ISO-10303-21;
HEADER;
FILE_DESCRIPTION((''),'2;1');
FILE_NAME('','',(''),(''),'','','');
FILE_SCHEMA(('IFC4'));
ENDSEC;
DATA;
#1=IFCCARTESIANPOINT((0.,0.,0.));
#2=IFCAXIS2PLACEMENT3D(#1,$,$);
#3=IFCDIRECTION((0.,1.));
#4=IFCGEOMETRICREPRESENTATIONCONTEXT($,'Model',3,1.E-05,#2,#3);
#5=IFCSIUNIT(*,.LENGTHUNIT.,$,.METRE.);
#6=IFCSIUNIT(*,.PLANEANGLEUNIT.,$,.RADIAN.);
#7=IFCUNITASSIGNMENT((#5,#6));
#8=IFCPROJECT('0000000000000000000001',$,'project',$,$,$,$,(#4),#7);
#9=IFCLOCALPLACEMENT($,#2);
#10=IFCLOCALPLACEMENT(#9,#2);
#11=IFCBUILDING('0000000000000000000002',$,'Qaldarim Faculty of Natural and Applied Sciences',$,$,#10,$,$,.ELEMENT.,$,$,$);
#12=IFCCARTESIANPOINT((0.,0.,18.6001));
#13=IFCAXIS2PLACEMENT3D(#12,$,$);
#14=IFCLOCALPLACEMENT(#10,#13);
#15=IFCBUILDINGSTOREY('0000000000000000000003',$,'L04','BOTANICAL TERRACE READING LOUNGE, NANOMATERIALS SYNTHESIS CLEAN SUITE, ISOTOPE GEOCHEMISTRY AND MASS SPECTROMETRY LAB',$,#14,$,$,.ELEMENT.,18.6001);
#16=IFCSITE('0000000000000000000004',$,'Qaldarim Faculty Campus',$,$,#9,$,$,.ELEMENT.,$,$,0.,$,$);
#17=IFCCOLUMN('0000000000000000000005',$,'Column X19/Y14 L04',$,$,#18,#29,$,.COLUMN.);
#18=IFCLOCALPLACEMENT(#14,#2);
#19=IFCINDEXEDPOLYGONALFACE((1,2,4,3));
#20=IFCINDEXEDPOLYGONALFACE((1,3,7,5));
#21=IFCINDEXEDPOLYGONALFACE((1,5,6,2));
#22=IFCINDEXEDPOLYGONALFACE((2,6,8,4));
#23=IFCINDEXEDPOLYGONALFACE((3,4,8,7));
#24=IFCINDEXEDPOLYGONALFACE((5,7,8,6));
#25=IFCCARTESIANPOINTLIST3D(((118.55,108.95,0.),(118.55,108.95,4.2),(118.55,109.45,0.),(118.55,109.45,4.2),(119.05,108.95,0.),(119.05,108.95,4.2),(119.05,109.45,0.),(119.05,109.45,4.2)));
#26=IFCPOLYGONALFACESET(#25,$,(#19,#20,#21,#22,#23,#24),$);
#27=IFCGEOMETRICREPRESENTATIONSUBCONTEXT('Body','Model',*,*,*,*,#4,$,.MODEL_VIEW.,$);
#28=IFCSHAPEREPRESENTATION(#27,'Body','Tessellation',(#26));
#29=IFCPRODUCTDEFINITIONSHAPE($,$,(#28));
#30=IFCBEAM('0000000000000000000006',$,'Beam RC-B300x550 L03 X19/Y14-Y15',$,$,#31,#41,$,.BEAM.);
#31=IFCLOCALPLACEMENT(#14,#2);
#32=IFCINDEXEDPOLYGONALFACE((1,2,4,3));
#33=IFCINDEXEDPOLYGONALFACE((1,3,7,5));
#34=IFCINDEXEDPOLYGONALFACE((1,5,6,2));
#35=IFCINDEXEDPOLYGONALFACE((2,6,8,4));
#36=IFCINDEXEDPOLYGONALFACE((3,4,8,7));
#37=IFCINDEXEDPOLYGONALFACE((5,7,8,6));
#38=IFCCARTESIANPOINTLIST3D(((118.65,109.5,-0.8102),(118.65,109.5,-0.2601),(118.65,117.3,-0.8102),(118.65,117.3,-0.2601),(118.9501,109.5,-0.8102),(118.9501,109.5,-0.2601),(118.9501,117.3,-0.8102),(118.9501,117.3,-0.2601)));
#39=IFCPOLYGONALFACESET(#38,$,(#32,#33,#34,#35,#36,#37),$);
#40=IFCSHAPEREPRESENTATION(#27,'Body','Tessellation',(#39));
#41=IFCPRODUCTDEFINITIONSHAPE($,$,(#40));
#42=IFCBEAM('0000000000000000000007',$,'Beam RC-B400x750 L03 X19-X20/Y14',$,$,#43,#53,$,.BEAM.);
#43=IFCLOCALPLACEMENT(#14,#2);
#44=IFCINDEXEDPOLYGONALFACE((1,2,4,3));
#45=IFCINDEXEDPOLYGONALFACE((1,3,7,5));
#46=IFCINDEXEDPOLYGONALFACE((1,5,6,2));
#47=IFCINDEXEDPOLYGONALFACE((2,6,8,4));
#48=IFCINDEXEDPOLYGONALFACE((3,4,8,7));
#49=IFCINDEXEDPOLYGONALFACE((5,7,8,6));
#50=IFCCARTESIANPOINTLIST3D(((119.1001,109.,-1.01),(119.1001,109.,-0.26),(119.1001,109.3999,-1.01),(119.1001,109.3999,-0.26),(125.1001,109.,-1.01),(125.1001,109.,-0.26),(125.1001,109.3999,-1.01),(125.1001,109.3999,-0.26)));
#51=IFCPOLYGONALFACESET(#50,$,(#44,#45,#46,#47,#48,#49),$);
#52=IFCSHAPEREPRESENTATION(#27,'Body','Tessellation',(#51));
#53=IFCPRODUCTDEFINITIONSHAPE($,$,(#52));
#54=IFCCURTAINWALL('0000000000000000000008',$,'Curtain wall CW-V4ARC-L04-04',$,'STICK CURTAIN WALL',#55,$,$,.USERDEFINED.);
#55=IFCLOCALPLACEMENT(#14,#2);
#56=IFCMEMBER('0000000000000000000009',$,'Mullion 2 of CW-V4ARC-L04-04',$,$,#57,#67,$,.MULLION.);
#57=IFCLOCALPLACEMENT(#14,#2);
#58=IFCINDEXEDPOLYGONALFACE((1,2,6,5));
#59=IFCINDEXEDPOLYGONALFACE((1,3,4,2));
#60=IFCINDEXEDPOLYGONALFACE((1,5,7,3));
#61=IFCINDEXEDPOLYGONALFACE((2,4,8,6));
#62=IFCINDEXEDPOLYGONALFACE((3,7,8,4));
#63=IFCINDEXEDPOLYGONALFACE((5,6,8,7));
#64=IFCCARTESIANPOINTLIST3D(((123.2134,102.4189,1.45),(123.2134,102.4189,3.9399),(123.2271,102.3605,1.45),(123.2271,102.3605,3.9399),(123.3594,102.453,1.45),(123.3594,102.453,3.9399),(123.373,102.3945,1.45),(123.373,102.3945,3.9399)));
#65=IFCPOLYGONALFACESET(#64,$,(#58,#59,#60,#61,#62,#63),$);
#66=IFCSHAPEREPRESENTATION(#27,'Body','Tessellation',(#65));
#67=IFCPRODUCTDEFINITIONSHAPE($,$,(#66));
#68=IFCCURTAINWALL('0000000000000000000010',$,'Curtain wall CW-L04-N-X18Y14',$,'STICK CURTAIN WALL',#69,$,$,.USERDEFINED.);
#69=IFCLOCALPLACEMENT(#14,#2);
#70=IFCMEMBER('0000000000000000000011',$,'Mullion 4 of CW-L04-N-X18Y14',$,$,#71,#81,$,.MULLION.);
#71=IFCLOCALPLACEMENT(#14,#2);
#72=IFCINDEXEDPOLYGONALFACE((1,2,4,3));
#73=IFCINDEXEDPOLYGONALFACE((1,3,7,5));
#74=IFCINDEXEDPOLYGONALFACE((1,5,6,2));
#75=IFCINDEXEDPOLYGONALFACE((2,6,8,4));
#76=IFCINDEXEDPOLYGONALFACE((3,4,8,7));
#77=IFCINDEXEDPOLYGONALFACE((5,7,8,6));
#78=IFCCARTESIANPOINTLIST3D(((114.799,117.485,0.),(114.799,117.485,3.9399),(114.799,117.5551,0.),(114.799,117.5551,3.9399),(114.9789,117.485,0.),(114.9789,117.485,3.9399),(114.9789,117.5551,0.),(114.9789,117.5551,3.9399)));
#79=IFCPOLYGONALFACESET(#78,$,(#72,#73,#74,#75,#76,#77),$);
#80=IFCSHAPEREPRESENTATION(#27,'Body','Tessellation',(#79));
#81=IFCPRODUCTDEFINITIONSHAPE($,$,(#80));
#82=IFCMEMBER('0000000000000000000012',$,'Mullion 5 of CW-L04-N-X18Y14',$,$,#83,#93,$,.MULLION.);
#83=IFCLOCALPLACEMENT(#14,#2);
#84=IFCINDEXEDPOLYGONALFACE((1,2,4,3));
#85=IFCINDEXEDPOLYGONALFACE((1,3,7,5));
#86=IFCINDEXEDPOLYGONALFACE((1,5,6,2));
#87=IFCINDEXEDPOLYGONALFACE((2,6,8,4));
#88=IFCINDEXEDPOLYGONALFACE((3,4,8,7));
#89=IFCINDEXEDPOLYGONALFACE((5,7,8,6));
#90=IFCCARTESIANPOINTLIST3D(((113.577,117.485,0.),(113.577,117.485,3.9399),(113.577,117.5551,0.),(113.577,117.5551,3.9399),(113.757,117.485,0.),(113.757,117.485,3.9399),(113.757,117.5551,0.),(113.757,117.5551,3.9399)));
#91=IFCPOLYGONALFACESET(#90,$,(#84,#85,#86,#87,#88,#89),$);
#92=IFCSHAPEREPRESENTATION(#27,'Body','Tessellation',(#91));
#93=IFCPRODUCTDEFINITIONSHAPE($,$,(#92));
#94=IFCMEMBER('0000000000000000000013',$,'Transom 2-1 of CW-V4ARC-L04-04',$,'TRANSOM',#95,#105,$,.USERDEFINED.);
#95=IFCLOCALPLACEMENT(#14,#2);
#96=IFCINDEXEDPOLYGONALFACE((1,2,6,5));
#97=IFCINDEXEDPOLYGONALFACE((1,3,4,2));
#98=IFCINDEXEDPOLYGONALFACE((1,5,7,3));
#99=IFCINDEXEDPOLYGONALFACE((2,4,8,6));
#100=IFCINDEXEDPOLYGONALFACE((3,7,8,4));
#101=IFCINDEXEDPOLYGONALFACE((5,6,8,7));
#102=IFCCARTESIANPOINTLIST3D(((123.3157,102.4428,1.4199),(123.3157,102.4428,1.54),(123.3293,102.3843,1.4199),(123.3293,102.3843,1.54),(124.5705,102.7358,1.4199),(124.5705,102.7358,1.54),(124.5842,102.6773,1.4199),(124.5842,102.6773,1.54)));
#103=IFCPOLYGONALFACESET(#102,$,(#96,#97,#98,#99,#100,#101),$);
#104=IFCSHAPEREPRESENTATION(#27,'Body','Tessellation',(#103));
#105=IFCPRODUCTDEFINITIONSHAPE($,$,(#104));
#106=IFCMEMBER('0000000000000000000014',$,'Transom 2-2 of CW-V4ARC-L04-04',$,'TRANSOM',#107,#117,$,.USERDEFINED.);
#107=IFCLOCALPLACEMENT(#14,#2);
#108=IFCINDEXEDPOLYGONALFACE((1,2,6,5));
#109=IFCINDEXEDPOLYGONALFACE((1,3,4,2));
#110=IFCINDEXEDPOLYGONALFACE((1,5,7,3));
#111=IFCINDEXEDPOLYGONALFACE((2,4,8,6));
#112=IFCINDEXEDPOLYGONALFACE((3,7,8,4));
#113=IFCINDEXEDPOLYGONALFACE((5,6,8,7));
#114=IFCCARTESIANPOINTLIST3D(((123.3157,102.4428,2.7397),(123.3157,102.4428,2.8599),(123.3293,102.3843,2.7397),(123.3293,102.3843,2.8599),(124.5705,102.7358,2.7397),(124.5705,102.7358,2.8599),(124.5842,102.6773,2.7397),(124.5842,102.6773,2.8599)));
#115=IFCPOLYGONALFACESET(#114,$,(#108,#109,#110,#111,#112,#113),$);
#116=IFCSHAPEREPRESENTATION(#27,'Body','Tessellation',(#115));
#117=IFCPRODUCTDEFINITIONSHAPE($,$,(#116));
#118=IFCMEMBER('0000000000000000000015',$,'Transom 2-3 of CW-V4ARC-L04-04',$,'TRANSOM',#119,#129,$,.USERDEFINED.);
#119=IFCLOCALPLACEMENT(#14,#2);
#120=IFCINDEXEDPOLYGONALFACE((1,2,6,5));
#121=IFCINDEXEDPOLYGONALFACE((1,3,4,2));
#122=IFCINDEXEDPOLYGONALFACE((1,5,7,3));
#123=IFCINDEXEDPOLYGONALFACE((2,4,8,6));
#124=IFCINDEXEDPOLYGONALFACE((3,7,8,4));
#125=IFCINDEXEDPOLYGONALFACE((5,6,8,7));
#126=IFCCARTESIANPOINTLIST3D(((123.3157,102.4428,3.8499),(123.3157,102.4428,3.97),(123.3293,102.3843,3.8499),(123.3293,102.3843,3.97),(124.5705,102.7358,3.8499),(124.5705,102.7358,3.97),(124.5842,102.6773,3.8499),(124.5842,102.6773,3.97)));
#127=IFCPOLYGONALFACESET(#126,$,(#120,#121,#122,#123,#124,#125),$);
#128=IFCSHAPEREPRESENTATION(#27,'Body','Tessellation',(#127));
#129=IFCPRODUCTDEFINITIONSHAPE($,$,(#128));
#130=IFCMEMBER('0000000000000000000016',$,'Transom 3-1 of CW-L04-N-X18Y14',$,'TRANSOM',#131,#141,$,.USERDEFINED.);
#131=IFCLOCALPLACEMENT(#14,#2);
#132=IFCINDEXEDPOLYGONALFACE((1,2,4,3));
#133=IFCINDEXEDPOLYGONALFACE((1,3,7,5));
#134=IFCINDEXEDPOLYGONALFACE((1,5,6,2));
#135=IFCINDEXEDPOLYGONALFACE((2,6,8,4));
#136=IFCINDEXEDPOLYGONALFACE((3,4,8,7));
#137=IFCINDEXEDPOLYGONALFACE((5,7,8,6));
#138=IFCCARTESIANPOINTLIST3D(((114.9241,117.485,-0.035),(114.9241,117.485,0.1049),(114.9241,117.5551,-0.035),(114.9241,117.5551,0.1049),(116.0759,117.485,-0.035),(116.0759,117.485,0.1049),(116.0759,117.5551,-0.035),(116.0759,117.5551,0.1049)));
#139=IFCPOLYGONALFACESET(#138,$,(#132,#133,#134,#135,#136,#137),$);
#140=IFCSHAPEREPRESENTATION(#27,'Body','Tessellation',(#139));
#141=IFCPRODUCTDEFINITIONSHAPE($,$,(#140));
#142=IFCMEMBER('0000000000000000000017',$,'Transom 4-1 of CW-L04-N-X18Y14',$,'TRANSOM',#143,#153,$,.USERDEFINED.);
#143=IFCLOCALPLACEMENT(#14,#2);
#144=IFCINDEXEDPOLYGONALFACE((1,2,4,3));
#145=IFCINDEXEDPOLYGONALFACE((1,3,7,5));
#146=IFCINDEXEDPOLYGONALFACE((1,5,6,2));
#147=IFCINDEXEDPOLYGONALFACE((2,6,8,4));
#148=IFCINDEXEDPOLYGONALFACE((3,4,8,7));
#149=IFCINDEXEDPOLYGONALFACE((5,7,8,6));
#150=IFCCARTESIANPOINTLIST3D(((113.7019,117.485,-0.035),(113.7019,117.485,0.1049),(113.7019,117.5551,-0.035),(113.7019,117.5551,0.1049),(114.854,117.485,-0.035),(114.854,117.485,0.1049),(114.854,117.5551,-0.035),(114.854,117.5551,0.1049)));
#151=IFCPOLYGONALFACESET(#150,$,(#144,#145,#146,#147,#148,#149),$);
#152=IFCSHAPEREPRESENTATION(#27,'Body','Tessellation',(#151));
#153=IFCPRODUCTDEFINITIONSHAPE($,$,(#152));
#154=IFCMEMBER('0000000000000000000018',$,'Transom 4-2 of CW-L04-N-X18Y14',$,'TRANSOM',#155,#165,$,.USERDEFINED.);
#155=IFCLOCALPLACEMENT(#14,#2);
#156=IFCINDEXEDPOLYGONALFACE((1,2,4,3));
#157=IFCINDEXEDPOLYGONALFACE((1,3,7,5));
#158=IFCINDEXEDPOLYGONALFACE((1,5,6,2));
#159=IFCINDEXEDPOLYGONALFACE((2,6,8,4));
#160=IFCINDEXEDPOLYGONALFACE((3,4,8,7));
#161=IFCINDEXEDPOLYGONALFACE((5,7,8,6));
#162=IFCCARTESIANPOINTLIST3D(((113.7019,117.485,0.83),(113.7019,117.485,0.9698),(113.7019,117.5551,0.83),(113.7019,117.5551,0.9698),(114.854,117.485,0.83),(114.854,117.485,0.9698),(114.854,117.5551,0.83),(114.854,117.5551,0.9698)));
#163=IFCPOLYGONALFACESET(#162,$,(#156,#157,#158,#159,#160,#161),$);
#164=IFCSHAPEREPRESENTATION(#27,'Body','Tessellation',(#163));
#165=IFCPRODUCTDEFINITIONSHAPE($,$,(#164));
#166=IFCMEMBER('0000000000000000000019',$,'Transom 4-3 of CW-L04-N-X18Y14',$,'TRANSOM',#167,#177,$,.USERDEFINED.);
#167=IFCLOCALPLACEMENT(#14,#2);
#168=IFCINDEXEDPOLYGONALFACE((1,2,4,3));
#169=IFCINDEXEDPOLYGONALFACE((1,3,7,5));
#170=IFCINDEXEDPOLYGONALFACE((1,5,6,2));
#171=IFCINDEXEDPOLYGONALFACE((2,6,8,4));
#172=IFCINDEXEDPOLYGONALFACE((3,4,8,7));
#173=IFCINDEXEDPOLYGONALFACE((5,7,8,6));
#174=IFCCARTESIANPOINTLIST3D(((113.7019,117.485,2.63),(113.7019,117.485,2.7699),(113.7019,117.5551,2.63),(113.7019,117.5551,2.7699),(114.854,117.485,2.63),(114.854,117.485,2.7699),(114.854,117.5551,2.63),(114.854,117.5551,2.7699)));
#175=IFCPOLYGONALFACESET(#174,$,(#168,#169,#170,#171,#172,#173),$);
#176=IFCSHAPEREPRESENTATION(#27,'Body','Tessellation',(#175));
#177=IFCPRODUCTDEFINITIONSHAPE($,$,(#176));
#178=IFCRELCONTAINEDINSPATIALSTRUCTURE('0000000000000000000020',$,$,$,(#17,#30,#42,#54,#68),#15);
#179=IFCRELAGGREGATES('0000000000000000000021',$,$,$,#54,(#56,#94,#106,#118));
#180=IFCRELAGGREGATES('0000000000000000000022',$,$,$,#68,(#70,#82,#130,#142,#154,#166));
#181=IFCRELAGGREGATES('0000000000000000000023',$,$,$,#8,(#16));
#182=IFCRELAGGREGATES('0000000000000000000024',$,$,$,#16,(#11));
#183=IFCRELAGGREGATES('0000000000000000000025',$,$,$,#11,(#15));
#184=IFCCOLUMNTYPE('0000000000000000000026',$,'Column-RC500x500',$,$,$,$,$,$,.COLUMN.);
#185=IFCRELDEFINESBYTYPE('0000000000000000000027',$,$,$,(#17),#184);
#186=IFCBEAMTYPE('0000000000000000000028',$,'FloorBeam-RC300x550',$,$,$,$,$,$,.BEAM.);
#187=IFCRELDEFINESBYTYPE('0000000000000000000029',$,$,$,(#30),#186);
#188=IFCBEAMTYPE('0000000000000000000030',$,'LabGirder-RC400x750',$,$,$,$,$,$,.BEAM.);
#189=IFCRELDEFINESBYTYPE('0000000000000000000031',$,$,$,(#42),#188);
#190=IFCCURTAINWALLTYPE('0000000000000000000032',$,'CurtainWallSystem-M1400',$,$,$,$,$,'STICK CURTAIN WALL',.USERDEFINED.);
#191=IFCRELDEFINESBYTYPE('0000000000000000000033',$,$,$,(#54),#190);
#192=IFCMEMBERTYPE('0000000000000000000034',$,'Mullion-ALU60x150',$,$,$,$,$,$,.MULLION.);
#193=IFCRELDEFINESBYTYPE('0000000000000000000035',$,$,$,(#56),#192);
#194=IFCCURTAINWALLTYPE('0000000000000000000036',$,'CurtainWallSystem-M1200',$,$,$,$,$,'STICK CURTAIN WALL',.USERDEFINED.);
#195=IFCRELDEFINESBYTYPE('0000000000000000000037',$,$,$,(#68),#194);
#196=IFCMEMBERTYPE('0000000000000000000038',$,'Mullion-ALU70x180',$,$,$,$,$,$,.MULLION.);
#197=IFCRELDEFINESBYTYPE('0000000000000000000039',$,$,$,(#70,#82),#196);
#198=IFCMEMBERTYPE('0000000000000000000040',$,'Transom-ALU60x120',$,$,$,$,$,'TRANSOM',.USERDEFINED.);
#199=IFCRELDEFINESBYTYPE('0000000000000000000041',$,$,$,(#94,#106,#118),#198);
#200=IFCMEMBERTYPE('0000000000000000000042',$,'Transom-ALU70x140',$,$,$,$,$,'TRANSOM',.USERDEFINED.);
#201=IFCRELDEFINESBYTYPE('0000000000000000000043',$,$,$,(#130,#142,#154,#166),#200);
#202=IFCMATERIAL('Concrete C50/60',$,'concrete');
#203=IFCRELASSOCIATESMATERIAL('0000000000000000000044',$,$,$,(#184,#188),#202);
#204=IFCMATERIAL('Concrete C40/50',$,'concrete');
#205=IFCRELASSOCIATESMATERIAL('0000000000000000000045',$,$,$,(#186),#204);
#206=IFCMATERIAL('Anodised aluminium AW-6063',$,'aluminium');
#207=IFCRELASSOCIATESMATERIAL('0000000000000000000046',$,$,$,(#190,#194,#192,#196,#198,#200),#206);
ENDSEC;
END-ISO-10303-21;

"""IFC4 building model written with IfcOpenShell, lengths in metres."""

from ifc_helpers import new_model, si_unit, direction, frame, origin, origin_2d, place, context, subcontext, project, spatial, rectangle, extrude, material, material_profile, profile_set, type_object, element, aggregate, save


model = new_model("IFC4")

# Units and contexts
model_context = context("Model", 3, precision=1e-05, world=origin(), true_north=direction((0.0, 1.0)))
body_context = subcontext(model_context, "Body", "Model", "MODEL_VIEW")
ifc_project = project(units=[si_unit("LENGTHUNIT", "METRE"), si_unit("PLANEANGLEUNIT", "RADIAN")], contexts=[model_context])

# Site, building, storey
site_placement = place(None, origin())
site = spatial("IfcSite", under=ifc_project, at=site_placement, Name="Qaldarim Faculty Campus", CompositionType="ELEMENT", RefElevation=0.0)
building_placement = place(site_placement, origin())
building = spatial("IfcBuilding", under=site, at=building_placement, Name="Qaldarim Faculty of Natural and Applied Sciences", CompositionType="ELEMENT")
storey_placement = place(building_placement, frame((0.0, 0.0, 18.6001)))
storey = spatial("IfcBuildingStorey", under=building, at=storey_placement, Name="L04", Description="BOTANICAL TERRACE READING LOUNGE, NANOMATERIALS SYNTHESIS CLEAN SUITE, ISOTOPE GEOCHEMISTRY AND MASS SPECTROMETRY LAB", CompositionType="ELEMENT", Elevation=18.6001)

# Column
ifc_material_1 = material(Name="Concrete C50/60", Category="concrete")
ifc_material_profile_1 = material_profile(ifc_material_1, rectangle(XDim=0.5, YDim=0.5, at=origin_2d()), Name="RC-C500x500")
ifc_profile_set_1 = profile_set([ifc_material_profile_1], Name="Concrete C50/60")
column_type = type_object("IfcColumnType", Name="Column-RC500x500", PredefinedType="COLUMN", material=ifc_profile_set_1)
column_placement = place(storey_placement, frame((118.8, 109.2, 0.0), z_axis=(0.0, 0.0, 1.0), x_axis=(1.0, 0.0, 0.0)))
element("IfcColumn", 1, at=column_placement, inside=storey, type_object=column_type, Name="Column X19/Y14 L04", PredefinedType="COLUMN", context=body_context, shape_type="SweptSolid", body=[
    extrude(rectangle(XDim=0.5, YDim=0.5, at=origin_2d()), origin(), (0.0, 0.0, 1.0), 4.2),
])

# Beams
ifc_material_2 = material(Name="Concrete C40/50", Category="concrete")
ifc_material_profile_2 = material_profile(ifc_material_2, rectangle(XDim=0.3, YDim=0.55, at=origin_2d()), Name="RC-B300x550")
ifc_profile_set_2 = profile_set([ifc_material_profile_2], Name="Concrete C40/50")
beam_type_1 = type_object("IfcBeamType", Name="FloorBeam-RC300x550", PredefinedType="BEAM", material=ifc_profile_set_2)
beam_1_placement = place(storey_placement, frame((118.8, 109.5, -0.5352), z_axis=(0.0, 1.0, 0.0), x_axis=(-1.0, 0.0, 0.0)))
element("IfcBeam", 2, at=beam_1_placement, inside=storey, type_object=beam_type_1, Name="Beam RC-B300x550 L03 X19/Y14-Y15", PredefinedType="BEAM", context=body_context, shape_type="SweptSolid", body=[
    extrude(rectangle(XDim=0.3, YDim=0.55, at=origin_2d()), origin(), (0.0, 0.0, 1.0), 7.8),
])
ifc_material_profile_3 = material_profile(ifc_material_1, rectangle(XDim=0.3999, YDim=0.75, at=origin_2d()), Name="RC-B400x750")
ifc_profile_set_3 = profile_set([ifc_material_profile_3], Name="Concrete C50/60")
beam_type_2 = type_object("IfcBeamType", Name="LabGirder-RC400x750", PredefinedType="BEAM", material=ifc_profile_set_3)
beam_2_placement = place(storey_placement, frame((119.1001, 109.2, -0.635), z_axis=(1.0, 0.0, 0.0), x_axis=(0.0, 1.0, 0.0)))
element("IfcBeam", 3, at=beam_2_placement, inside=storey, type_object=beam_type_2, Name="Beam RC-B400x750 L03 X19-X20/Y14", PredefinedType="BEAM", context=body_context, shape_type="SweptSolid", body=[
    extrude(rectangle(XDim=0.3999, YDim=0.75, at=origin_2d()), origin(), (0.0, 0.0, 1.0), 6.0),
])

# Curtain wall, member
ifc_material_3 = material(Name="Anodised aluminium AW-6063", Category="aluminium")
curtain_wall_type_1 = type_object("IfcCurtainWallType", Name="CurtainWallSystem-M1400", ElementType="STICK CURTAIN WALL", PredefinedType="USERDEFINED", material=ifc_material_3)
curtain_wall_1_placement = place(storey_placement, origin())
curtain_wall_1 = element("IfcCurtainWall", 4, at=curtain_wall_1_placement, inside=storey, type_object=curtain_wall_type_1, Name="Curtain wall CW-V4ARC-L04-04", ObjectType="STICK CURTAIN WALL", PredefinedType="USERDEFINED")
ifc_material_profile_4 = material_profile(ifc_material_3, rectangle(XDim=0.0601, YDim=0.1499, at=origin_2d()), Name="ALU-M60x150")
ifc_profile_set_4 = profile_set([ifc_material_profile_4], Name="Anodised aluminium AW-6063")
member_type_1 = type_object("IfcMemberType", Name="Mullion-ALU60x150", PredefinedType="MULLION", material=ifc_profile_set_4)
member_1_placement = place(storey_placement, frame((123.2932, 102.4067, 1.45), z_axis=(0.0, 0.0, 1.0), x_axis=(-0.227382, 0.973806, 0.0)))
member_1 = element("IfcMember", 5, at=member_1_placement, type_object=member_type_1, Name="Mullion 2 of CW-V4ARC-L04-04", PredefinedType="MULLION", context=body_context, shape_type="SweptSolid", body=[
    extrude(rectangle(XDim=0.0601, YDim=0.1499, at=origin_2d()), origin(), (0.0, 0.0, 1.0), 2.49),
])

# Curtain wall, members
curtain_wall_type_2 = type_object("IfcCurtainWallType", Name="CurtainWallSystem-M1200", ElementType="STICK CURTAIN WALL", PredefinedType="USERDEFINED", material=ifc_material_3)
curtain_wall_2_placement = place(storey_placement, origin())
curtain_wall_2 = element("IfcCurtainWall", 6, at=curtain_wall_2_placement, inside=storey, type_object=curtain_wall_type_2, Name="Curtain wall CW-L04-N-X18Y14", ObjectType="STICK CURTAIN WALL", PredefinedType="USERDEFINED")
ifc_material_profile_5 = material_profile(ifc_material_3, rectangle(XDim=0.0701, YDim=0.1799, at=origin_2d()), Name="ALU-M70x180")
ifc_profile_set_5 = profile_set([ifc_material_profile_5], Name="Anodised aluminium AW-6063")
member_type_2 = type_object("IfcMemberType", Name="Mullion-ALU70x180", PredefinedType="MULLION", material=ifc_profile_set_5)
member_2_placement = place(storey_placement, frame((114.8889, 117.52, 0.0), z_axis=(0.0, 0.0, 1.0), x_axis=(0.0, -1.0, 0.0)))
member_2 = element("IfcMember", 7, at=member_2_placement, type_object=member_type_2, Name="Mullion 4 of CW-L04-N-X18Y14", PredefinedType="MULLION", context=body_context, shape_type="SweptSolid", body=[
    extrude(rectangle(XDim=0.0701, YDim=0.1799, at=origin_2d()), origin(), (0.0, 0.0, 1.0), 3.9399),
])
member_3_placement = place(storey_placement, frame((113.667, 117.52, 0.0), z_axis=(0.0, 0.0, 1.0), x_axis=(0.0, -1.0, 0.0)))
member_3 = element("IfcMember", 8, at=member_3_placement, type_object=member_type_2, Name="Mullion 5 of CW-L04-N-X18Y14", PredefinedType="MULLION", context=body_context, shape_type="SweptSolid", body=[
    extrude(rectangle(XDim=0.0701, YDim=0.1799, at=origin_2d()), origin(), (0.0, 0.0, 1.0), 3.9399),
])

# Members
ifc_material_profile_6 = material_profile(ifc_material_3, rectangle(XDim=0.0601, YDim=0.1201, at=origin_2d()), Name="ALU-T60x120")
ifc_profile_set_6 = profile_set([ifc_material_profile_6], Name="Anodised aluminium AW-6063")
member_type_3 = type_object("IfcMemberType", Name="Transom-ALU60x120", ElementType="TRANSOM", PredefinedType="USERDEFINED", material=ifc_profile_set_6)
member_4_placement = place(storey_placement, frame((123.3225, 102.4136, 1.48), z_axis=(0.973813, 0.227349, 0.0), x_axis=(-0.227349, 0.973813, 0.0)))
member_4 = element("IfcMember", 9, at=member_4_placement, type_object=member_type_3, Name="Transom 2-1 of CW-V4ARC-L04-04", ObjectType="TRANSOM", PredefinedType="USERDEFINED", context=body_context, shape_type="SweptSolid", body=[
    extrude(rectangle(XDim=0.0601, YDim=0.1201, at=origin_2d()), origin(), (0.0, 0.0, 1.0), 1.2886),
])
member_5_placement = place(storey_placement, frame((123.3225, 102.4136, 2.7998), z_axis=(0.973813, 0.227349, 0.0), x_axis=(-0.227349, 0.973813, 0.0)))
member_5 = element("IfcMember", 10, at=member_5_placement, type_object=member_type_3, Name="Transom 2-2 of CW-V4ARC-L04-04", ObjectType="TRANSOM", PredefinedType="USERDEFINED", context=body_context, shape_type="SweptSolid", body=[
    extrude(rectangle(XDim=0.0601, YDim=0.1201, at=origin_2d()), origin(), (0.0, 0.0, 1.0), 1.2886),
])
member_6_placement = place(storey_placement, frame((123.3225, 102.4136, 3.9099), z_axis=(0.973813, 0.227349, 0.0), x_axis=(-0.227349, 0.973813, 0.0)))
member_6 = element("IfcMember", 11, at=member_6_placement, type_object=member_type_3, Name="Transom 2-3 of CW-V4ARC-L04-04", ObjectType="TRANSOM", PredefinedType="USERDEFINED", context=body_context, shape_type="SweptSolid", body=[
    extrude(rectangle(XDim=0.0601, YDim=0.1201, at=origin_2d()), origin(), (0.0, 0.0, 1.0), 1.2886),
])
aggregate(curtain_wall_1, [member_1, member_4, member_5, member_6])
ifc_material_profile_7 = material_profile(ifc_material_3, rectangle(XDim=0.0701, YDim=0.1399, at=origin_2d()), Name="ALU-T70x140")
ifc_profile_set_7 = profile_set([ifc_material_profile_7], Name="Anodised aluminium AW-6063")
member_type_4 = type_object("IfcMemberType", Name="Transom-ALU70x140", ElementType="TRANSOM", PredefinedType="USERDEFINED", material=ifc_profile_set_7)
member_7_placement = place(storey_placement, frame((116.0759, 117.52, 0.0349), z_axis=(-1.0, 0.0, 0.0), x_axis=(0.0, -1.0, 0.0)))
member_7 = element("IfcMember", 12, at=member_7_placement, type_object=member_type_4, Name="Transom 3-1 of CW-L04-N-X18Y14", ObjectType="TRANSOM", PredefinedType="USERDEFINED", context=body_context, shape_type="SweptSolid", body=[
    extrude(rectangle(XDim=0.0701, YDim=0.1399, at=origin_2d()), origin(), (0.0, 0.0, 1.0), 1.1519),
])
member_8_placement = place(storey_placement, frame((114.854, 117.52, 0.0349), z_axis=(-1.0, 0.0, 0.0), x_axis=(0.0, -1.0, 0.0)))
member_8 = element("IfcMember", 13, at=member_8_placement, type_object=member_type_4, Name="Transom 4-1 of CW-L04-N-X18Y14", ObjectType="TRANSOM", PredefinedType="USERDEFINED", context=body_context, shape_type="SweptSolid", body=[
    extrude(rectangle(XDim=0.0701, YDim=0.1399, at=origin_2d()), origin(), (0.0, 0.0, 1.0), 1.1521),
])
member_9_placement = place(storey_placement, frame((114.854, 117.52, 0.8999), z_axis=(-1.0, 0.0, 0.0), x_axis=(0.0, -1.0, 0.0)))
member_9 = element("IfcMember", 14, at=member_9_placement, type_object=member_type_4, Name="Transom 4-2 of CW-L04-N-X18Y14", ObjectType="TRANSOM", PredefinedType="USERDEFINED", context=body_context, shape_type="SweptSolid", body=[
    extrude(rectangle(XDim=0.0701, YDim=0.1399, at=origin_2d()), origin(), (0.0, 0.0, 1.0), 1.1521),
])
member_10_placement = place(storey_placement, frame((114.854, 117.52, 2.7), z_axis=(-1.0, 0.0, 0.0), x_axis=(0.0, -1.0, 0.0)))
member_10 = element("IfcMember", 15, at=member_10_placement, type_object=member_type_4, Name="Transom 4-3 of CW-L04-N-X18Y14", ObjectType="TRANSOM", PredefinedType="USERDEFINED", context=body_context, shape_type="SweptSolid", body=[
    extrude(rectangle(XDim=0.0701, YDim=0.1399, at=origin_2d()), origin(), (0.0, 0.0, 1.0), 1.1521),
])

aggregate(curtain_wall_2, [member_2, member_3, member_7, member_8, member_9, member_10])

save(model, "model.ifc")
